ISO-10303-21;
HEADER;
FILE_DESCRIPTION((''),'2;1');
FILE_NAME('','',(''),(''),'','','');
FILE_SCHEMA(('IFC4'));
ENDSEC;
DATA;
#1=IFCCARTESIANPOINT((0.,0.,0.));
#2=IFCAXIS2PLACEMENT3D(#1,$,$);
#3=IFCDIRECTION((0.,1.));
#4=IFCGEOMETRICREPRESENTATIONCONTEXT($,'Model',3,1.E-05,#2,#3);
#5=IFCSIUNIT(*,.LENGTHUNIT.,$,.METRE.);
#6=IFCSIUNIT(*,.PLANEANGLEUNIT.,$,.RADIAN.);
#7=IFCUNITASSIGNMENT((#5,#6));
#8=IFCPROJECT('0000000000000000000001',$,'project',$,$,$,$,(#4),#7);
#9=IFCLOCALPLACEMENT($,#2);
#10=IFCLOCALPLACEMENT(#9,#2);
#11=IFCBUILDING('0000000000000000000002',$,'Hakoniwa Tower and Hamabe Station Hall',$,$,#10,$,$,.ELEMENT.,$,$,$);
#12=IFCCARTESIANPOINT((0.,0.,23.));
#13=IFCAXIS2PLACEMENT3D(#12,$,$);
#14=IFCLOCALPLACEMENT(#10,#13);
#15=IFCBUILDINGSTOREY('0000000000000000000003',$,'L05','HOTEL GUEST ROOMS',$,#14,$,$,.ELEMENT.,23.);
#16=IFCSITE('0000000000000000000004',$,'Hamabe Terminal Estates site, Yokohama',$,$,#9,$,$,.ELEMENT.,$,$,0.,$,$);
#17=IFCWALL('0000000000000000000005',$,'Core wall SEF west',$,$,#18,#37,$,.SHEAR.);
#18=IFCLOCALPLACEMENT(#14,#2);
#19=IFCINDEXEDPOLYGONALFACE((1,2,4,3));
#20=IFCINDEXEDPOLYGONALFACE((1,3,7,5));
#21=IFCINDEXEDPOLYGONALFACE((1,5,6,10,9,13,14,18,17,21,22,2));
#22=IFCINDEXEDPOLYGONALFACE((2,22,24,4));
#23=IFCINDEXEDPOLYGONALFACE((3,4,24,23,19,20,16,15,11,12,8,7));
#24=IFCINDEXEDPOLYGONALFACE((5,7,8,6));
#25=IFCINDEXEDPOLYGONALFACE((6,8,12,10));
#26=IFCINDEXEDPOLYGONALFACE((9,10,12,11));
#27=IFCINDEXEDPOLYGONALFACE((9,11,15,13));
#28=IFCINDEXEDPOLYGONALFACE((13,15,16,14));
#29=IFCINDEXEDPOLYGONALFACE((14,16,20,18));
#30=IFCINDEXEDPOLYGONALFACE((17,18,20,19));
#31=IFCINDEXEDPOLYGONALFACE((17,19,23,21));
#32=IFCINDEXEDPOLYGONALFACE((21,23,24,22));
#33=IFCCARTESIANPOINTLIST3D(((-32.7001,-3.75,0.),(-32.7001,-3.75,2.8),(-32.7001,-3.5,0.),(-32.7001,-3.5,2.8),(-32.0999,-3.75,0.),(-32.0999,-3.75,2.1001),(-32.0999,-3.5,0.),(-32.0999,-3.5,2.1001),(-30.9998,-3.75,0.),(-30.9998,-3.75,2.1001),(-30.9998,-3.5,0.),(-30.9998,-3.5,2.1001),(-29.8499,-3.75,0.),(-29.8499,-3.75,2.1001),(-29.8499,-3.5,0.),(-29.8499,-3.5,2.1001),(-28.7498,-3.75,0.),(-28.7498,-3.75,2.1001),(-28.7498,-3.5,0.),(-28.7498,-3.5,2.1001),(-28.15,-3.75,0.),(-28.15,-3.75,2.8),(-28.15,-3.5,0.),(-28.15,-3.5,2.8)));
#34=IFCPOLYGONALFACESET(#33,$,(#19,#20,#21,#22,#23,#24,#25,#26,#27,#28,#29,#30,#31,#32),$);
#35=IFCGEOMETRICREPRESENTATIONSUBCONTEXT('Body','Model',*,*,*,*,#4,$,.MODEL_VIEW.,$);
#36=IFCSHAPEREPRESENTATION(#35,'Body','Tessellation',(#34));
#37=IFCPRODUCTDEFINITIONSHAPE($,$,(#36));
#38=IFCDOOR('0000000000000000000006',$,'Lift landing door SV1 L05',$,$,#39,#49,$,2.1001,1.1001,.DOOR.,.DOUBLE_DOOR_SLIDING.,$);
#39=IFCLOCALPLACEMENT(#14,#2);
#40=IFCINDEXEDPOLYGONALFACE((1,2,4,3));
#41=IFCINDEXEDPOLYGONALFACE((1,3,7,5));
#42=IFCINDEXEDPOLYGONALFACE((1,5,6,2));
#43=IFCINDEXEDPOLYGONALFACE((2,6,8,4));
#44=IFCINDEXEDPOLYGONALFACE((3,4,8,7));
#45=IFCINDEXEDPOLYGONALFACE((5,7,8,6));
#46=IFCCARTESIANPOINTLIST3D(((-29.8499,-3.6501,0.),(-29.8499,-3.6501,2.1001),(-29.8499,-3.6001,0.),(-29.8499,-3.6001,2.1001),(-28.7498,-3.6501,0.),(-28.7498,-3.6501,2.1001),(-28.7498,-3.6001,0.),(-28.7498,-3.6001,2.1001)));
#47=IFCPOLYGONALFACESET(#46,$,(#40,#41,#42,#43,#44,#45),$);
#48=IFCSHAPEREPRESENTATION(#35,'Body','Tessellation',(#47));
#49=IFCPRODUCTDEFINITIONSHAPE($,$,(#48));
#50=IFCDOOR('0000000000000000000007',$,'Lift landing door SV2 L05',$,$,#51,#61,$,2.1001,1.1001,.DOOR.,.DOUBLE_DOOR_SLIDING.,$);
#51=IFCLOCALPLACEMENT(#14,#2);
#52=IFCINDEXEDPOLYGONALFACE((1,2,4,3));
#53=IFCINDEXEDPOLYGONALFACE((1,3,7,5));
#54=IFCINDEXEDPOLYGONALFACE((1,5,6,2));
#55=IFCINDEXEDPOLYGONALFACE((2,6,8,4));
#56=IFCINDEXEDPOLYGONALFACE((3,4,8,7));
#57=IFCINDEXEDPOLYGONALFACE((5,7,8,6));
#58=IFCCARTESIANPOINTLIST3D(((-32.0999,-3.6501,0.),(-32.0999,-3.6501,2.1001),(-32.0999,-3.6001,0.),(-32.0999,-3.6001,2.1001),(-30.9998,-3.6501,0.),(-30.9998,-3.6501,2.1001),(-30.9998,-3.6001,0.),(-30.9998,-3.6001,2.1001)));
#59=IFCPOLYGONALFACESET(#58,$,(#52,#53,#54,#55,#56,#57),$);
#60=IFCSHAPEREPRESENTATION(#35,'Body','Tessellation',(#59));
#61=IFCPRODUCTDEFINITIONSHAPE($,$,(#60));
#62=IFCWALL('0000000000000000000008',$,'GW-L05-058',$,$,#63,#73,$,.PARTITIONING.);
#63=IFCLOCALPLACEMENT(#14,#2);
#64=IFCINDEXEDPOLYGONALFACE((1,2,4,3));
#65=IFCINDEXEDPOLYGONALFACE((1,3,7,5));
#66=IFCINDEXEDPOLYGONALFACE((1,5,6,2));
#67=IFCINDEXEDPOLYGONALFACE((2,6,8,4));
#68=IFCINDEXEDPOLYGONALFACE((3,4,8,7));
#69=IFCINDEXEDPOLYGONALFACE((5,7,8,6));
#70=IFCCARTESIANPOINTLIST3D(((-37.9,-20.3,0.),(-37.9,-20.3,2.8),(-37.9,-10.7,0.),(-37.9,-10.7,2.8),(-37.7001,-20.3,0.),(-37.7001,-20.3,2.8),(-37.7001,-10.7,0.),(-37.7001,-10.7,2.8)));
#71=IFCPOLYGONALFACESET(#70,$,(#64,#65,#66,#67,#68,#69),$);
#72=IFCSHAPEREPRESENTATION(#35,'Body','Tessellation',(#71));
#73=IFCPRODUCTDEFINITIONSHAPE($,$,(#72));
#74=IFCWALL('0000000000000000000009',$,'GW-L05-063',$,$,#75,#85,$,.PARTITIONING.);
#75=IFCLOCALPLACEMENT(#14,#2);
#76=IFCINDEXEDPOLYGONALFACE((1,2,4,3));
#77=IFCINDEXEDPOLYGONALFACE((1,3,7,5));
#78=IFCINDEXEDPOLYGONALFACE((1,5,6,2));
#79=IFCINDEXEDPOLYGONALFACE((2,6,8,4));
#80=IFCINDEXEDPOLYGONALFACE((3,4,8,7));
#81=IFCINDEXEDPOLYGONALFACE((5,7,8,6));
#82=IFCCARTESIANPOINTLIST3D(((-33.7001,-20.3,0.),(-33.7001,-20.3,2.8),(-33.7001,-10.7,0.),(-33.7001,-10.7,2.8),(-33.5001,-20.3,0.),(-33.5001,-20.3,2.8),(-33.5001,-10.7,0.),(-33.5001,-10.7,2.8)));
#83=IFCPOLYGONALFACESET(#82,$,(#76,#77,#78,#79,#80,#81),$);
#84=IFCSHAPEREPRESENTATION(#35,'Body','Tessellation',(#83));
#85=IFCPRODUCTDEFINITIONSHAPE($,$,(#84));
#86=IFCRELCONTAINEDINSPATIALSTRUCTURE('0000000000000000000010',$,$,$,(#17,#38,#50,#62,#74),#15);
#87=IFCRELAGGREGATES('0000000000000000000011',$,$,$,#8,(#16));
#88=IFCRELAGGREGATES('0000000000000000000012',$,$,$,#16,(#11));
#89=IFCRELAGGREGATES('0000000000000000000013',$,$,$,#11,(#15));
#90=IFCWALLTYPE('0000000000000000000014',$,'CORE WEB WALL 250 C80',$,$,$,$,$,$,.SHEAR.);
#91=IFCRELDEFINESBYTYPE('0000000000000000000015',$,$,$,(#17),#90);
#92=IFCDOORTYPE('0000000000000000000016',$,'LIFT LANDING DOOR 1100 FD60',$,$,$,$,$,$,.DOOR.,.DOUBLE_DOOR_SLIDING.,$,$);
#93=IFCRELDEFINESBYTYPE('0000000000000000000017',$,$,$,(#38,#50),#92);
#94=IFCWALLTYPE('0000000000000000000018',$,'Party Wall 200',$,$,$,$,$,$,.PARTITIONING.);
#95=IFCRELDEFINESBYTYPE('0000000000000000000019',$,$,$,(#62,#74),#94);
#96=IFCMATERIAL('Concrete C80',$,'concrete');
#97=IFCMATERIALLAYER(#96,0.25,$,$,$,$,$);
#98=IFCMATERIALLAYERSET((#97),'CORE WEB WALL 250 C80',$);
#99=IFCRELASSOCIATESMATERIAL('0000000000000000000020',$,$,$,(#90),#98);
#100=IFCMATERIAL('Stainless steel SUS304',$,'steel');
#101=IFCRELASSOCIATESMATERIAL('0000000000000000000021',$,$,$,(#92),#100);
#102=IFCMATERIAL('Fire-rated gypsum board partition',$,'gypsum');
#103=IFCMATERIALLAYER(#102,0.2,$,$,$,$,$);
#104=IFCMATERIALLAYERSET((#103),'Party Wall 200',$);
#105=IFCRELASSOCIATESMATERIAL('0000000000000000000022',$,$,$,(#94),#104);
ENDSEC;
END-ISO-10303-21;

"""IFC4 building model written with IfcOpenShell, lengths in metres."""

from ifc_helpers import new_model, si_unit, direction, frame, frame_2d, origin, place, context, subcontext, project, spatial, rectangle, extrude, material, layer, layer_set, type_object, element, fill, save


model = new_model("IFC4")

# Units and contexts
model_context = context("Model", 3, precision=1e-05, world=origin(), true_north=direction((0.0, 1.0)))
body_context = subcontext(model_context, "Body", "Model", "MODEL_VIEW")
ifc_project = project(units=[si_unit("LENGTHUNIT", "METRE"), si_unit("PLANEANGLEUNIT", "RADIAN")], contexts=[model_context])

# Site, building, storey
site_placement = place(None, origin())
site = spatial("IfcSite", under=ifc_project, at=site_placement, Name="Hamabe Terminal Estates site, Yokohama", CompositionType="ELEMENT", RefElevation=0.0)
building_placement = place(site_placement, origin())
building = spatial("IfcBuilding", under=site, at=building_placement, Name="Hakoniwa Tower and Hamabe Station Hall", CompositionType="ELEMENT")
storey_placement = place(building_placement, frame((0.0, 0.0, 23.0)))
storey = spatial("IfcBuildingStorey", under=building, at=storey_placement, Name="L05", Description="HOTEL GUEST ROOMS", CompositionType="ELEMENT", Elevation=23.0)

# Wall, openings, doors
ifc_material_1 = material(Name="Concrete C80", Category="concrete")
ifc_layer_1 = layer(ifc_material_1, 0.25)
ifc_layer_set_1 = layer_set([ifc_layer_1], Name="CORE WEB WALL 250 C80")
wall_type_1 = type_object("IfcWallType", Name="CORE WEB WALL 250 C80", PredefinedType="SHEAR", material=ifc_layer_set_1)
wall_1_placement = place(storey_placement, frame((-32.7, -3.625, 0.0), z_axis=(0.0, 0.0, 1.0), x_axis=(1.0, 0.0, 0.0)))
wall_1 = element("IfcWall", 1, at=wall_1_placement, inside=storey, type_object=wall_type_1, Name="Core wall SEF west", PredefinedType="SHEAR", context=body_context, shape_type="SweptSolid", body=[
    extrude(rectangle(XDim=4.55, YDim=0.25, at=frame_2d((2.2749, 0.0))), origin(), (0.0, 0.0, 1.0), 2.8),
])
opening_1_placement = place(wall_1_placement, frame((2.8501, 0.0, 0.0)))
opening_1 = element("IfcOpeningElement", 2, at=opening_1_placement, cuts=wall_1, PredefinedType="OPENING", context=body_context, shape_type="SweptSolid", body=[
    extrude(rectangle(XDim=1.1001, YDim=2.1001, at=frame_2d((0.55, 1.05))), frame((0.0, 0.135, 0.0), z_axis=(0.0, -1.0, 0.0), x_axis=(1.0, 0.0, 0.0)), (0.0, 0.0, 1.0), 0.27),
])
opening_2_placement = place(wall_1_placement, frame((0.6001, 0.0, 0.0)))
opening_2 = element("IfcOpeningElement", 3, at=opening_2_placement, cuts=wall_1, PredefinedType="OPENING", context=body_context, shape_type="SweptSolid", body=[
    extrude(rectangle(XDim=1.1001, YDim=2.1001, at=frame_2d((0.55, 1.05))), frame((0.0, 0.135, 0.0), z_axis=(0.0, -1.0, 0.0), x_axis=(1.0, 0.0, 0.0)), (0.0, 0.0, 1.0), 0.27),
])
ifc_material_2 = material(Name="Stainless steel SUS304", Category="steel")
door_type_1 = type_object("IfcDoorType", Name="LIFT LANDING DOOR 1100 FD60", OperationType="DOUBLE_DOOR_SLIDING", PredefinedType="DOOR", material=ifc_material_2)
door_1_placement = place(opening_1_placement, origin())
door_1 = element("IfcDoor", 4, at=door_1_placement, inside=storey, type_object=door_type_1, Name="Lift landing door SV1 L05", OperationType="DOUBLE_DOOR_SLIDING", OverallHeight=2.1001, OverallWidth=1.1001, PredefinedType="DOOR", context=body_context, shape_type="SweptSolid", body=[
    extrude(rectangle(XDim=1.1001, YDim=2.1001, at=frame_2d((0.55, 1.05))), frame((0.0, 0.0249, 0.0), z_axis=(0.0, -1.0, 0.0), x_axis=(1.0, 0.0, 0.0)), (0.0, 0.0, 1.0), 0.05),
])
fill(opening_1, door_1)
door_2_placement = place(opening_2_placement, origin())
door_2 = element("IfcDoor", 5, at=door_2_placement, inside=storey, type_object=door_type_1, Name="Lift landing door SV2 L05", OperationType="DOUBLE_DOOR_SLIDING", OverallHeight=2.1001, OverallWidth=1.1001, PredefinedType="DOOR", context=body_context, shape_type="SweptSolid", body=[
    extrude(rectangle(XDim=1.1001, YDim=2.1001, at=frame_2d((0.55, 1.05))), frame((0.0, 0.0249, 0.0), z_axis=(0.0, -1.0, 0.0), x_axis=(1.0, 0.0, 0.0)), (0.0, 0.0, 1.0), 0.05),
])
fill(opening_2, door_2)

# Walls
ifc_material_3 = material(Name="Fire-rated gypsum board partition", Category="gypsum")
ifc_layer_2 = layer(ifc_material_3, 0.2)
ifc_layer_set_2 = layer_set([ifc_layer_2], Name="Party Wall 200")
wall_type_2 = type_object("IfcWallType", Name="Party Wall 200", PredefinedType="PARTITIONING", material=ifc_layer_set_2)
for number, where, z_axis, x_axis, name in (
    (6, (-37.8, -20.3, 0.0), (0.0, 0.0, 1.0), (0.0, 1.0, 0.0), "GW-L05-058"),
    (7, (-33.6001, -20.3, 0.0), (0.0, 0.0, 1.0), (0.0, 1.0, 0.0), "GW-L05-063"),
):
    element("IfcWall", number, at=place(storey_placement, frame(where, z_axis=z_axis, x_axis=x_axis)), inside=storey, type_object=wall_type_2, Name=name, PredefinedType="PARTITIONING", context=body_context, shape_type="SweptSolid", body=[
        extrude(rectangle(XDim=9.6001, YDim=0.2, at=frame_2d((4.8, 0.0))), origin(), (0.0, 0.0, 1.0), 2.8),
    ])

save(model, "model.ifc")
